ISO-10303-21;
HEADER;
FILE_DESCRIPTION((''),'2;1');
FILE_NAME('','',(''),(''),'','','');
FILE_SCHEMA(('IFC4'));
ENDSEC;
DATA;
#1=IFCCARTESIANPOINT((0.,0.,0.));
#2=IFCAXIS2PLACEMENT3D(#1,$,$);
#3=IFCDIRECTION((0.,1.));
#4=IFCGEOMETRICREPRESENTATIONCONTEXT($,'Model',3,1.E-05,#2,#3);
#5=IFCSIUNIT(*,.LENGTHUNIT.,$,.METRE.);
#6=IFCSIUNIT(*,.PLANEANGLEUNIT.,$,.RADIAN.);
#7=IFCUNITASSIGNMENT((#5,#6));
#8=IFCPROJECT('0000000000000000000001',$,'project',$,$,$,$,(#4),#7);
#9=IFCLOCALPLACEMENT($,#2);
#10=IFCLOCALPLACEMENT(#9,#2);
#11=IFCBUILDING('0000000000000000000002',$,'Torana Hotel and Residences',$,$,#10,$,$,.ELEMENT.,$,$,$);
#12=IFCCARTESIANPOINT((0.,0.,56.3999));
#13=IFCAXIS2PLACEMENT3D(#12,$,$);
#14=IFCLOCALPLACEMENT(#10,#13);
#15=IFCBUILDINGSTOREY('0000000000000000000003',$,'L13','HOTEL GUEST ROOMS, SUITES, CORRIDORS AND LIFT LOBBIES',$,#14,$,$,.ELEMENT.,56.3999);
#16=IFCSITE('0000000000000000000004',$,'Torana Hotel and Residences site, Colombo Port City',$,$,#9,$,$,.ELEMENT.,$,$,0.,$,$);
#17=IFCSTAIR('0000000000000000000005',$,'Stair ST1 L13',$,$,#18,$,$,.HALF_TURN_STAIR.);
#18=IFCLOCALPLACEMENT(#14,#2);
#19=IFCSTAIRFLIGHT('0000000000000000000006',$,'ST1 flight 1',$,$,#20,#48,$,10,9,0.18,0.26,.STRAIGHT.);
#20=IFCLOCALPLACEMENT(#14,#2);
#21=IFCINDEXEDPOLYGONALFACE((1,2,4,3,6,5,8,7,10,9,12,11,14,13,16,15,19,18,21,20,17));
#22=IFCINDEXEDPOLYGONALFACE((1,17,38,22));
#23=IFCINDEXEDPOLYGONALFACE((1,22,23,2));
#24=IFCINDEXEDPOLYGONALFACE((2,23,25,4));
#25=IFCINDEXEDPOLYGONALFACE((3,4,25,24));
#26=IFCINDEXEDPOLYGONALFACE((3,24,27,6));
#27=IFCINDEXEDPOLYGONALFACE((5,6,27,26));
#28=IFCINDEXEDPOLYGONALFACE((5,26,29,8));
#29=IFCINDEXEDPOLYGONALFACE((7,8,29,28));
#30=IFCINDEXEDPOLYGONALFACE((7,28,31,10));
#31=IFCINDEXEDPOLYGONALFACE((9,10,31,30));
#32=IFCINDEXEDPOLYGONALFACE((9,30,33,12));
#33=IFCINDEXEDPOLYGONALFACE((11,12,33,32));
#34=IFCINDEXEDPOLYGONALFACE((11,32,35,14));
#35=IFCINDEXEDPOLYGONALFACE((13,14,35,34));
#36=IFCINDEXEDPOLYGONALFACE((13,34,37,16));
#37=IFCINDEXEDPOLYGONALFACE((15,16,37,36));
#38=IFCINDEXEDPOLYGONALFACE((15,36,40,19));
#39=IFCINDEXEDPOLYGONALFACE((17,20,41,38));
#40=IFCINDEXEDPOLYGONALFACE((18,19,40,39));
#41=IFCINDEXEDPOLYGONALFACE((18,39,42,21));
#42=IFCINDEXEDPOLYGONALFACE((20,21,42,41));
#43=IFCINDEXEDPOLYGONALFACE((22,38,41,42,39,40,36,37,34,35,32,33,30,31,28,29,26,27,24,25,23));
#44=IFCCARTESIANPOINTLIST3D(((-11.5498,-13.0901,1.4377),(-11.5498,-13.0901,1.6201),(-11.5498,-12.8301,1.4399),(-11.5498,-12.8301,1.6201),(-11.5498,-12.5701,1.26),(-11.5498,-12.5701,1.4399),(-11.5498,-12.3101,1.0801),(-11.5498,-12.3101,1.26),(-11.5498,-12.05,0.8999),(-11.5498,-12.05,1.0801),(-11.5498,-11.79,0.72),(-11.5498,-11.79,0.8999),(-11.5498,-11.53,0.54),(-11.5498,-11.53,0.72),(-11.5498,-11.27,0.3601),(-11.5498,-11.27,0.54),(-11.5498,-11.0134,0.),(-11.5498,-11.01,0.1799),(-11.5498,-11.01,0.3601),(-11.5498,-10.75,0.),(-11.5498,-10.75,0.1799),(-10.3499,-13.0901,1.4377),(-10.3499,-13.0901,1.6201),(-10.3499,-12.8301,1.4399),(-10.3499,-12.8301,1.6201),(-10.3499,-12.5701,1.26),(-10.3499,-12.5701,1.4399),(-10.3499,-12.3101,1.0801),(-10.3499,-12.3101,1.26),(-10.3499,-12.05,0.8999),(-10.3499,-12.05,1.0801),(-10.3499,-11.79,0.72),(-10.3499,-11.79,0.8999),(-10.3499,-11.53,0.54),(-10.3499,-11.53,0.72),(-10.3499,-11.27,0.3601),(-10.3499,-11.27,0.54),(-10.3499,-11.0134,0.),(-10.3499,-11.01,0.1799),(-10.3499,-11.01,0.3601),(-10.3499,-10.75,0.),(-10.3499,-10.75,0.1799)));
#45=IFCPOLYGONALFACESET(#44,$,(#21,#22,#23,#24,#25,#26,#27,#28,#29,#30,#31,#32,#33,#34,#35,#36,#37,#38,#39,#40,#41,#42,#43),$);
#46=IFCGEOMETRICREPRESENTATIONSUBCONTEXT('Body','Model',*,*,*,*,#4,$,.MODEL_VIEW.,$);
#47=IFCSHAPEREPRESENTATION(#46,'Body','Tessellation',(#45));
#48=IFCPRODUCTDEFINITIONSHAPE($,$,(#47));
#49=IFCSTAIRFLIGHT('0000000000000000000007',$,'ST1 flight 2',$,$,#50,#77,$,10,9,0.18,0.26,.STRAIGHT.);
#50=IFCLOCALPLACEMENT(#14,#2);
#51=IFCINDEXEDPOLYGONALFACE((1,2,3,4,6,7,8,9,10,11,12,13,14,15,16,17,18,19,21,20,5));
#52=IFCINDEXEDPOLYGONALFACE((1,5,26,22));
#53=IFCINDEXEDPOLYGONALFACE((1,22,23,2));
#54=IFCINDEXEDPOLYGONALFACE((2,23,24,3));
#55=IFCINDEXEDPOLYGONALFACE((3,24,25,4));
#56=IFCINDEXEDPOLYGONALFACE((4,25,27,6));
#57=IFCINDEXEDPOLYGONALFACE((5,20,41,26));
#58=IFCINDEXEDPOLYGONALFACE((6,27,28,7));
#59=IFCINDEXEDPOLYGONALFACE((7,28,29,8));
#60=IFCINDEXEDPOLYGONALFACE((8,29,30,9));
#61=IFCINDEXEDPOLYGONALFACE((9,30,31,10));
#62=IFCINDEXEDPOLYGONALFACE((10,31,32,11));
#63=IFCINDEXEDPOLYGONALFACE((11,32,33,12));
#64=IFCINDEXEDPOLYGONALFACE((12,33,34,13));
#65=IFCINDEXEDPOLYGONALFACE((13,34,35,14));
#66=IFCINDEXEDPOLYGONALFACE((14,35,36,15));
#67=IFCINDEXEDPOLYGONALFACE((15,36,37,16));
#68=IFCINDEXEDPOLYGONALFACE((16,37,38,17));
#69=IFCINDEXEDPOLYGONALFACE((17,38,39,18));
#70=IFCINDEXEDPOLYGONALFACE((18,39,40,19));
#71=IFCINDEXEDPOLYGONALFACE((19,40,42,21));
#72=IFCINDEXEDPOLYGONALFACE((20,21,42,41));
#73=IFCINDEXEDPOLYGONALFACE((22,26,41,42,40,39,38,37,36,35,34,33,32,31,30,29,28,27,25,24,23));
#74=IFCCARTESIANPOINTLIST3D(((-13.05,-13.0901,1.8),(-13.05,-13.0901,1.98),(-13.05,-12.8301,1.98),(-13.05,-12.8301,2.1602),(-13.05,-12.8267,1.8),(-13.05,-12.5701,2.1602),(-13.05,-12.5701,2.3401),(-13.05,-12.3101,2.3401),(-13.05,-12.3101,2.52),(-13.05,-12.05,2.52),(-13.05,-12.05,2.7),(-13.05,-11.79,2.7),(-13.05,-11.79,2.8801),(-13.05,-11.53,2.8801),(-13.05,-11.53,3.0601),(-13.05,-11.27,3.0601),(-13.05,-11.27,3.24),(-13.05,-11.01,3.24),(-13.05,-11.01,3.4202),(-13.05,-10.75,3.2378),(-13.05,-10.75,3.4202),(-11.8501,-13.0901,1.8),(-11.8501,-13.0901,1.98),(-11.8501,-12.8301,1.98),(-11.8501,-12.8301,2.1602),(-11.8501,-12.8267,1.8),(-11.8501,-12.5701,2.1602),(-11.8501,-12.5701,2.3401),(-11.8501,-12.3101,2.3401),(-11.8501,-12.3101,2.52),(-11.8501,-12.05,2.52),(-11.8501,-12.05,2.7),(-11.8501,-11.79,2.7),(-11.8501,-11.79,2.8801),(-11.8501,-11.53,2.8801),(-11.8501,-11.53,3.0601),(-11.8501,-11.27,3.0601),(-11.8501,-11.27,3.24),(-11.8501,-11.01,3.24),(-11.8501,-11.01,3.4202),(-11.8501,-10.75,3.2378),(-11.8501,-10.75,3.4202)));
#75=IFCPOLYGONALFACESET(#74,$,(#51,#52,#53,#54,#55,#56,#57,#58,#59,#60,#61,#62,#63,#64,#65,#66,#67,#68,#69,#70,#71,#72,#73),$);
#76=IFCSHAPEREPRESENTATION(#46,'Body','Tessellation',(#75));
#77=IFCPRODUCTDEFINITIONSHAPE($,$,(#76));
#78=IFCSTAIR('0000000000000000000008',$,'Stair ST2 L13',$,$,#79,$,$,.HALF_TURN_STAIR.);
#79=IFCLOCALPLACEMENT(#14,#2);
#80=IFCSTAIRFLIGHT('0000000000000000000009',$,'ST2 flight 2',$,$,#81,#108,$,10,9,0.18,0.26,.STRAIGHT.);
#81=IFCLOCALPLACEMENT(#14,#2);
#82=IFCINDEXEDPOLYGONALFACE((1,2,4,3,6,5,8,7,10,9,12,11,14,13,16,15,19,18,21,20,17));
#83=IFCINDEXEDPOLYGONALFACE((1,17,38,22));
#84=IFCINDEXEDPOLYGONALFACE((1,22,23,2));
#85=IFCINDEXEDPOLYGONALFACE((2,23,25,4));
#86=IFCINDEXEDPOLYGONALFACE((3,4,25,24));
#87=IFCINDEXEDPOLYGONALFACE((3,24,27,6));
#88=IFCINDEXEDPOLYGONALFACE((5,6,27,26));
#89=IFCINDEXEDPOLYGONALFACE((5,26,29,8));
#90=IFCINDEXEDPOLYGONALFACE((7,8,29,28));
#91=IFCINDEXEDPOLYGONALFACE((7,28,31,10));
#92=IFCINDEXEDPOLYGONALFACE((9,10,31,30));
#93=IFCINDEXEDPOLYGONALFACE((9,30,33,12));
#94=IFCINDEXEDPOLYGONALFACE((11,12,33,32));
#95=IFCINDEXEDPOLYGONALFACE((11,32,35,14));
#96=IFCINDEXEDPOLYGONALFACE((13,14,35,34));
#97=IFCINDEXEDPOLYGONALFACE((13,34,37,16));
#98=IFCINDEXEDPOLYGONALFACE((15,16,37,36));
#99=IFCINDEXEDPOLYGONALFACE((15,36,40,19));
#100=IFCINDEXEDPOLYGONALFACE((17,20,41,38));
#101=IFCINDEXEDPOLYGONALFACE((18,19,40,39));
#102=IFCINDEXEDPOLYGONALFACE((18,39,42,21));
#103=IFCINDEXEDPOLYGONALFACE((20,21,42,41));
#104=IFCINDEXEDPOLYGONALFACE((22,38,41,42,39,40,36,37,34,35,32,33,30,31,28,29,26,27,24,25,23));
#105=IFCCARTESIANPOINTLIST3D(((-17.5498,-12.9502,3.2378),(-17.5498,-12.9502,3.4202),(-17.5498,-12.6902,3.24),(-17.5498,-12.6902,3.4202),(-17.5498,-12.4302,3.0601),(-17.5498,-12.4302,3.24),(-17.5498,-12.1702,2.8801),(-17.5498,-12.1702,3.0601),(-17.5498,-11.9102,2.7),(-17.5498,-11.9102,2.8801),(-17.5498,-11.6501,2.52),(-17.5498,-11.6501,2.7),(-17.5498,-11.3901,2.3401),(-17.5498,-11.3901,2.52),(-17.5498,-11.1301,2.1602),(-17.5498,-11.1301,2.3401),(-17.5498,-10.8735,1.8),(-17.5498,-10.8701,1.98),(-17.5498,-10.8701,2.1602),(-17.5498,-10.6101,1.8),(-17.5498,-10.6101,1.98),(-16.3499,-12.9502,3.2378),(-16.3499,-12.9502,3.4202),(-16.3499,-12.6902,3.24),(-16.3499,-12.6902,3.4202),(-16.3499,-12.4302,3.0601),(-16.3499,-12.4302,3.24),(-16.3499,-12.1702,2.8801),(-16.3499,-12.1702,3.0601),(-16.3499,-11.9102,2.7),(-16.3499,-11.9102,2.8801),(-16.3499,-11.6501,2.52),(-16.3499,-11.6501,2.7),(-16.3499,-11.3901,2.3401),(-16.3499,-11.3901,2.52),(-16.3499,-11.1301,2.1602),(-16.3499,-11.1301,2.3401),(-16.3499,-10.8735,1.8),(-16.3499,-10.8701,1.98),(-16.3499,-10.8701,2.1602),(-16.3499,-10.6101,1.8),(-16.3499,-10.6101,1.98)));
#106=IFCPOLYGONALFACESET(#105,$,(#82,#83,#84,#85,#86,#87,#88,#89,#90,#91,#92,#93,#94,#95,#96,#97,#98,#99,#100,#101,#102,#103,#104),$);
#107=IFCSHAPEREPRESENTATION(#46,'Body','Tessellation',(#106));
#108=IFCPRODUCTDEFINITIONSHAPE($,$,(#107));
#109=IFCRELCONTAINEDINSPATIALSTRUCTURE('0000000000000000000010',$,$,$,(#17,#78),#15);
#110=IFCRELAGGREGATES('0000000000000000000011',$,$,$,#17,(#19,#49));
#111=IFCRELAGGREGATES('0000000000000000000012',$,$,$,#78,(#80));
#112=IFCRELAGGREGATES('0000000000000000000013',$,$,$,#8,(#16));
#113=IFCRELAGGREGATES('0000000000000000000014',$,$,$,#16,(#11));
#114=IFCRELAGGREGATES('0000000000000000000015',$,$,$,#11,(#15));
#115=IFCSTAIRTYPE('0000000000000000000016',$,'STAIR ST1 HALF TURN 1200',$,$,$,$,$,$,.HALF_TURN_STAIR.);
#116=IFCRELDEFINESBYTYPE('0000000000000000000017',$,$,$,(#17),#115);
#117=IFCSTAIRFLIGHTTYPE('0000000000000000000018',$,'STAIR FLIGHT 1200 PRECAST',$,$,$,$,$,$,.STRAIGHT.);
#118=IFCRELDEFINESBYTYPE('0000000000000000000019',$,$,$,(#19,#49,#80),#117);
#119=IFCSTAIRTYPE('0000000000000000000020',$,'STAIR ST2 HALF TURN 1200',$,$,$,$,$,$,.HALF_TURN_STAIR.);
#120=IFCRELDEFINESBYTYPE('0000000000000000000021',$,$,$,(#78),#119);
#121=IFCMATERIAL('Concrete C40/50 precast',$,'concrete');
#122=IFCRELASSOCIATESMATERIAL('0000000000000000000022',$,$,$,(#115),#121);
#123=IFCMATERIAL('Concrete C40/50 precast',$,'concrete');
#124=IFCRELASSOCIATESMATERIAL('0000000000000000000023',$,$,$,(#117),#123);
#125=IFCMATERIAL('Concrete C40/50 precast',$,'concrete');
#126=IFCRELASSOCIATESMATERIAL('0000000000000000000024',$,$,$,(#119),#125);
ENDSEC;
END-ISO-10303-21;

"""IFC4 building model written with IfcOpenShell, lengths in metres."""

from ifc_helpers import new_model, si_unit, direction, frame, origin, place, context, subcontext, project, spatial, polyline, outline, extrude, material, type_object, element, aggregate, save


model = new_model("IFC4")

# Units and contexts
model_context = context("Model", 3, precision=1e-05, world=origin(), true_north=direction((0.0, 1.0)))
body_context = subcontext(model_context, "Body", "Model", "MODEL_VIEW")
ifc_project = project(units=[si_unit("LENGTHUNIT", "METRE"), si_unit("PLANEANGLEUNIT", "RADIAN")], contexts=[model_context])

# Site, building, storey
site_placement = place(None, origin())
site = spatial("IfcSite", under=ifc_project, at=site_placement, Name="Torana Hotel and Residences site, Colombo Port City", CompositionType="ELEMENT", RefElevation=0.0)
building_placement = place(site_placement, origin())
building = spatial("IfcBuilding", under=site, at=building_placement, Name="Torana Hotel and Residences", CompositionType="ELEMENT")
storey_placement = place(building_placement, frame((0.0, 0.0, 56.3999)))
storey = spatial("IfcBuildingStorey", under=building, at=storey_placement, Name="L13", Description="HOTEL GUEST ROOMS, SUITES, CORRIDORS AND LIFT LOBBIES", CompositionType="ELEMENT", Elevation=56.3999)

# Stair, stair flights
ifc_material_1 = material(Name="Concrete C40/50 precast", Category="concrete")
stair_type_1 = type_object("IfcStairType", Name="STAIR ST1 HALF TURN 1200", PredefinedType="HALF_TURN_STAIR", material=ifc_material_1)
stair_1_placement = place(storey_placement, origin())
stair_1 = element("IfcStair", 1, at=stair_1_placement, inside=storey, type_object=stair_type_1, Name="Stair ST1 L13", PredefinedType="HALF_TURN_STAIR")
ifc_material_2 = material(Name="Concrete C40/50 precast", Category="concrete")
stair_flight_type = type_object("IfcStairFlightType", Name="STAIR FLIGHT 1200 PRECAST", PredefinedType="STRAIGHT", material=ifc_material_2)
stair_flight_1_placement = place(storey_placement, frame((-10.95, -10.75, 0.0), z_axis=(0.0, 0.0, 1.0), x_axis=(0.0, -1.0, 0.0)))
stair_flight_1 = element("IfcStairFlight", 2, at=stair_flight_1_placement, type_object=stair_flight_type, Name="ST1 flight 1", NumberOfRisers=10, NumberOfTreads=9, PredefinedType="STRAIGHT", RiserHeight=0.18, TreadLength=0.26, context=body_context, shape_type="SweptSolid", body=[
    extrude(outline(polyline([(0.0, 0.0), (0.0, 0.1799), (0.26, 0.1799), (0.26, 0.3601), (0.52, 0.3601), (0.52, 0.54), (0.78, 0.54), (0.78, 0.72), (1.04, 0.72), (1.04, 0.8999), (1.3, 0.8999), (1.3, 1.0801), (1.5601, 1.0801), (1.5601, 1.26), (1.8201, 1.26), (1.8201, 1.4399), (2.0801, 1.4399), (2.0801, 1.6201), (2.3401, 1.6201), (2.3401, 1.8), (2.3401, 1.4377), (0.2634, 0.0), (0.0, 0.0)])), frame((0.0, 0.6001, 0.0), z_axis=(0.0, -1.0, 0.0), x_axis=(1.0, 0.0, 0.0)), (0.0, 0.0, 1.0), 1.2),
])
stair_flight_2_placement = place(storey_placement, frame((-12.45, -13.0901, 1.8), z_axis=(0.0, 0.0, 1.0), x_axis=(0.0, 1.0, 0.0)))
stair_flight_2 = element("IfcStairFlight", 3, at=stair_flight_2_placement, type_object=stair_flight_type, Name="ST1 flight 2", NumberOfRisers=10, NumberOfTreads=9, PredefinedType="STRAIGHT", RiserHeight=0.18, TreadLength=0.26, context=body_context, shape_type="SweptSolid", body=[
    extrude(outline(polyline([(0.0, 0.0), (0.0, 0.1799), (0.26, 0.1799), (0.26, 0.3601), (0.52, 0.3601), (0.52, 0.54), (0.78, 0.54), (0.78, 0.72), (1.04, 0.72), (1.04, 0.8999), (1.3, 0.8999), (1.3, 1.0801), (1.5601, 1.0801), (1.5601, 1.26), (1.8201, 1.26), (1.8201, 1.4399), (2.0801, 1.4399), (2.0801, 1.6201), (2.3401, 1.6201), (2.3401, 1.8), (2.3401, 1.4377), (0.2634, 0.0), (0.0, 0.0)])), frame((0.0, 0.6001, 0.0), z_axis=(0.0, -1.0, 0.0), x_axis=(1.0, 0.0, 0.0)), (0.0, 0.0, 1.0), 1.2),
])
aggregate(stair_1, [stair_flight_1, stair_flight_2])

# Stair, stair flight
ifc_material_3 = material(Name="Concrete C40/50 precast", Category="concrete")
stair_type_2 = type_object("IfcStairType", Name="STAIR ST2 HALF TURN 1200", PredefinedType="HALF_TURN_STAIR", material=ifc_material_3)
stair_2_placement = place(storey_placement, origin())
stair_2 = element("IfcStair", 4, at=stair_2_placement, inside=storey, type_object=stair_type_2, Name="Stair ST2 L13", PredefinedType="HALF_TURN_STAIR")
stair_flight_3_placement = place(storey_placement, frame((-16.95, -10.6101, 1.8), z_axis=(0.0, 0.0, 1.0), x_axis=(0.0, -1.0, 0.0)))
stair_flight_3 = element("IfcStairFlight", 5, at=stair_flight_3_placement, type_object=stair_flight_type, Name="ST2 flight 2", NumberOfRisers=10, NumberOfTreads=9, PredefinedType="STRAIGHT", RiserHeight=0.18, TreadLength=0.26, context=body_context, shape_type="SweptSolid", body=[
    extrude(outline(polyline([(0.0, 0.0), (0.0, 0.1799), (0.26, 0.1799), (0.26, 0.3601), (0.52, 0.3601), (0.52, 0.54), (0.78, 0.54), (0.78, 0.72), (1.04, 0.72), (1.04, 0.8999), (1.3, 0.8999), (1.3, 1.0801), (1.5601, 1.0801), (1.5601, 1.26), (1.8201, 1.26), (1.8201, 1.4399), (2.0801, 1.4399), (2.0801, 1.6201), (2.3401, 1.6201), (2.3401, 1.8), (2.3401, 1.4377), (0.2634, 0.0), (0.0, 0.0)])), frame((0.0, 0.6001, 0.0), z_axis=(0.0, -1.0, 0.0), x_axis=(1.0, 0.0, 0.0)), (0.0, 0.0, 1.0), 1.2),
])
aggregate(stair_2, [stair_flight_3])

save(model, "model.ifc")
